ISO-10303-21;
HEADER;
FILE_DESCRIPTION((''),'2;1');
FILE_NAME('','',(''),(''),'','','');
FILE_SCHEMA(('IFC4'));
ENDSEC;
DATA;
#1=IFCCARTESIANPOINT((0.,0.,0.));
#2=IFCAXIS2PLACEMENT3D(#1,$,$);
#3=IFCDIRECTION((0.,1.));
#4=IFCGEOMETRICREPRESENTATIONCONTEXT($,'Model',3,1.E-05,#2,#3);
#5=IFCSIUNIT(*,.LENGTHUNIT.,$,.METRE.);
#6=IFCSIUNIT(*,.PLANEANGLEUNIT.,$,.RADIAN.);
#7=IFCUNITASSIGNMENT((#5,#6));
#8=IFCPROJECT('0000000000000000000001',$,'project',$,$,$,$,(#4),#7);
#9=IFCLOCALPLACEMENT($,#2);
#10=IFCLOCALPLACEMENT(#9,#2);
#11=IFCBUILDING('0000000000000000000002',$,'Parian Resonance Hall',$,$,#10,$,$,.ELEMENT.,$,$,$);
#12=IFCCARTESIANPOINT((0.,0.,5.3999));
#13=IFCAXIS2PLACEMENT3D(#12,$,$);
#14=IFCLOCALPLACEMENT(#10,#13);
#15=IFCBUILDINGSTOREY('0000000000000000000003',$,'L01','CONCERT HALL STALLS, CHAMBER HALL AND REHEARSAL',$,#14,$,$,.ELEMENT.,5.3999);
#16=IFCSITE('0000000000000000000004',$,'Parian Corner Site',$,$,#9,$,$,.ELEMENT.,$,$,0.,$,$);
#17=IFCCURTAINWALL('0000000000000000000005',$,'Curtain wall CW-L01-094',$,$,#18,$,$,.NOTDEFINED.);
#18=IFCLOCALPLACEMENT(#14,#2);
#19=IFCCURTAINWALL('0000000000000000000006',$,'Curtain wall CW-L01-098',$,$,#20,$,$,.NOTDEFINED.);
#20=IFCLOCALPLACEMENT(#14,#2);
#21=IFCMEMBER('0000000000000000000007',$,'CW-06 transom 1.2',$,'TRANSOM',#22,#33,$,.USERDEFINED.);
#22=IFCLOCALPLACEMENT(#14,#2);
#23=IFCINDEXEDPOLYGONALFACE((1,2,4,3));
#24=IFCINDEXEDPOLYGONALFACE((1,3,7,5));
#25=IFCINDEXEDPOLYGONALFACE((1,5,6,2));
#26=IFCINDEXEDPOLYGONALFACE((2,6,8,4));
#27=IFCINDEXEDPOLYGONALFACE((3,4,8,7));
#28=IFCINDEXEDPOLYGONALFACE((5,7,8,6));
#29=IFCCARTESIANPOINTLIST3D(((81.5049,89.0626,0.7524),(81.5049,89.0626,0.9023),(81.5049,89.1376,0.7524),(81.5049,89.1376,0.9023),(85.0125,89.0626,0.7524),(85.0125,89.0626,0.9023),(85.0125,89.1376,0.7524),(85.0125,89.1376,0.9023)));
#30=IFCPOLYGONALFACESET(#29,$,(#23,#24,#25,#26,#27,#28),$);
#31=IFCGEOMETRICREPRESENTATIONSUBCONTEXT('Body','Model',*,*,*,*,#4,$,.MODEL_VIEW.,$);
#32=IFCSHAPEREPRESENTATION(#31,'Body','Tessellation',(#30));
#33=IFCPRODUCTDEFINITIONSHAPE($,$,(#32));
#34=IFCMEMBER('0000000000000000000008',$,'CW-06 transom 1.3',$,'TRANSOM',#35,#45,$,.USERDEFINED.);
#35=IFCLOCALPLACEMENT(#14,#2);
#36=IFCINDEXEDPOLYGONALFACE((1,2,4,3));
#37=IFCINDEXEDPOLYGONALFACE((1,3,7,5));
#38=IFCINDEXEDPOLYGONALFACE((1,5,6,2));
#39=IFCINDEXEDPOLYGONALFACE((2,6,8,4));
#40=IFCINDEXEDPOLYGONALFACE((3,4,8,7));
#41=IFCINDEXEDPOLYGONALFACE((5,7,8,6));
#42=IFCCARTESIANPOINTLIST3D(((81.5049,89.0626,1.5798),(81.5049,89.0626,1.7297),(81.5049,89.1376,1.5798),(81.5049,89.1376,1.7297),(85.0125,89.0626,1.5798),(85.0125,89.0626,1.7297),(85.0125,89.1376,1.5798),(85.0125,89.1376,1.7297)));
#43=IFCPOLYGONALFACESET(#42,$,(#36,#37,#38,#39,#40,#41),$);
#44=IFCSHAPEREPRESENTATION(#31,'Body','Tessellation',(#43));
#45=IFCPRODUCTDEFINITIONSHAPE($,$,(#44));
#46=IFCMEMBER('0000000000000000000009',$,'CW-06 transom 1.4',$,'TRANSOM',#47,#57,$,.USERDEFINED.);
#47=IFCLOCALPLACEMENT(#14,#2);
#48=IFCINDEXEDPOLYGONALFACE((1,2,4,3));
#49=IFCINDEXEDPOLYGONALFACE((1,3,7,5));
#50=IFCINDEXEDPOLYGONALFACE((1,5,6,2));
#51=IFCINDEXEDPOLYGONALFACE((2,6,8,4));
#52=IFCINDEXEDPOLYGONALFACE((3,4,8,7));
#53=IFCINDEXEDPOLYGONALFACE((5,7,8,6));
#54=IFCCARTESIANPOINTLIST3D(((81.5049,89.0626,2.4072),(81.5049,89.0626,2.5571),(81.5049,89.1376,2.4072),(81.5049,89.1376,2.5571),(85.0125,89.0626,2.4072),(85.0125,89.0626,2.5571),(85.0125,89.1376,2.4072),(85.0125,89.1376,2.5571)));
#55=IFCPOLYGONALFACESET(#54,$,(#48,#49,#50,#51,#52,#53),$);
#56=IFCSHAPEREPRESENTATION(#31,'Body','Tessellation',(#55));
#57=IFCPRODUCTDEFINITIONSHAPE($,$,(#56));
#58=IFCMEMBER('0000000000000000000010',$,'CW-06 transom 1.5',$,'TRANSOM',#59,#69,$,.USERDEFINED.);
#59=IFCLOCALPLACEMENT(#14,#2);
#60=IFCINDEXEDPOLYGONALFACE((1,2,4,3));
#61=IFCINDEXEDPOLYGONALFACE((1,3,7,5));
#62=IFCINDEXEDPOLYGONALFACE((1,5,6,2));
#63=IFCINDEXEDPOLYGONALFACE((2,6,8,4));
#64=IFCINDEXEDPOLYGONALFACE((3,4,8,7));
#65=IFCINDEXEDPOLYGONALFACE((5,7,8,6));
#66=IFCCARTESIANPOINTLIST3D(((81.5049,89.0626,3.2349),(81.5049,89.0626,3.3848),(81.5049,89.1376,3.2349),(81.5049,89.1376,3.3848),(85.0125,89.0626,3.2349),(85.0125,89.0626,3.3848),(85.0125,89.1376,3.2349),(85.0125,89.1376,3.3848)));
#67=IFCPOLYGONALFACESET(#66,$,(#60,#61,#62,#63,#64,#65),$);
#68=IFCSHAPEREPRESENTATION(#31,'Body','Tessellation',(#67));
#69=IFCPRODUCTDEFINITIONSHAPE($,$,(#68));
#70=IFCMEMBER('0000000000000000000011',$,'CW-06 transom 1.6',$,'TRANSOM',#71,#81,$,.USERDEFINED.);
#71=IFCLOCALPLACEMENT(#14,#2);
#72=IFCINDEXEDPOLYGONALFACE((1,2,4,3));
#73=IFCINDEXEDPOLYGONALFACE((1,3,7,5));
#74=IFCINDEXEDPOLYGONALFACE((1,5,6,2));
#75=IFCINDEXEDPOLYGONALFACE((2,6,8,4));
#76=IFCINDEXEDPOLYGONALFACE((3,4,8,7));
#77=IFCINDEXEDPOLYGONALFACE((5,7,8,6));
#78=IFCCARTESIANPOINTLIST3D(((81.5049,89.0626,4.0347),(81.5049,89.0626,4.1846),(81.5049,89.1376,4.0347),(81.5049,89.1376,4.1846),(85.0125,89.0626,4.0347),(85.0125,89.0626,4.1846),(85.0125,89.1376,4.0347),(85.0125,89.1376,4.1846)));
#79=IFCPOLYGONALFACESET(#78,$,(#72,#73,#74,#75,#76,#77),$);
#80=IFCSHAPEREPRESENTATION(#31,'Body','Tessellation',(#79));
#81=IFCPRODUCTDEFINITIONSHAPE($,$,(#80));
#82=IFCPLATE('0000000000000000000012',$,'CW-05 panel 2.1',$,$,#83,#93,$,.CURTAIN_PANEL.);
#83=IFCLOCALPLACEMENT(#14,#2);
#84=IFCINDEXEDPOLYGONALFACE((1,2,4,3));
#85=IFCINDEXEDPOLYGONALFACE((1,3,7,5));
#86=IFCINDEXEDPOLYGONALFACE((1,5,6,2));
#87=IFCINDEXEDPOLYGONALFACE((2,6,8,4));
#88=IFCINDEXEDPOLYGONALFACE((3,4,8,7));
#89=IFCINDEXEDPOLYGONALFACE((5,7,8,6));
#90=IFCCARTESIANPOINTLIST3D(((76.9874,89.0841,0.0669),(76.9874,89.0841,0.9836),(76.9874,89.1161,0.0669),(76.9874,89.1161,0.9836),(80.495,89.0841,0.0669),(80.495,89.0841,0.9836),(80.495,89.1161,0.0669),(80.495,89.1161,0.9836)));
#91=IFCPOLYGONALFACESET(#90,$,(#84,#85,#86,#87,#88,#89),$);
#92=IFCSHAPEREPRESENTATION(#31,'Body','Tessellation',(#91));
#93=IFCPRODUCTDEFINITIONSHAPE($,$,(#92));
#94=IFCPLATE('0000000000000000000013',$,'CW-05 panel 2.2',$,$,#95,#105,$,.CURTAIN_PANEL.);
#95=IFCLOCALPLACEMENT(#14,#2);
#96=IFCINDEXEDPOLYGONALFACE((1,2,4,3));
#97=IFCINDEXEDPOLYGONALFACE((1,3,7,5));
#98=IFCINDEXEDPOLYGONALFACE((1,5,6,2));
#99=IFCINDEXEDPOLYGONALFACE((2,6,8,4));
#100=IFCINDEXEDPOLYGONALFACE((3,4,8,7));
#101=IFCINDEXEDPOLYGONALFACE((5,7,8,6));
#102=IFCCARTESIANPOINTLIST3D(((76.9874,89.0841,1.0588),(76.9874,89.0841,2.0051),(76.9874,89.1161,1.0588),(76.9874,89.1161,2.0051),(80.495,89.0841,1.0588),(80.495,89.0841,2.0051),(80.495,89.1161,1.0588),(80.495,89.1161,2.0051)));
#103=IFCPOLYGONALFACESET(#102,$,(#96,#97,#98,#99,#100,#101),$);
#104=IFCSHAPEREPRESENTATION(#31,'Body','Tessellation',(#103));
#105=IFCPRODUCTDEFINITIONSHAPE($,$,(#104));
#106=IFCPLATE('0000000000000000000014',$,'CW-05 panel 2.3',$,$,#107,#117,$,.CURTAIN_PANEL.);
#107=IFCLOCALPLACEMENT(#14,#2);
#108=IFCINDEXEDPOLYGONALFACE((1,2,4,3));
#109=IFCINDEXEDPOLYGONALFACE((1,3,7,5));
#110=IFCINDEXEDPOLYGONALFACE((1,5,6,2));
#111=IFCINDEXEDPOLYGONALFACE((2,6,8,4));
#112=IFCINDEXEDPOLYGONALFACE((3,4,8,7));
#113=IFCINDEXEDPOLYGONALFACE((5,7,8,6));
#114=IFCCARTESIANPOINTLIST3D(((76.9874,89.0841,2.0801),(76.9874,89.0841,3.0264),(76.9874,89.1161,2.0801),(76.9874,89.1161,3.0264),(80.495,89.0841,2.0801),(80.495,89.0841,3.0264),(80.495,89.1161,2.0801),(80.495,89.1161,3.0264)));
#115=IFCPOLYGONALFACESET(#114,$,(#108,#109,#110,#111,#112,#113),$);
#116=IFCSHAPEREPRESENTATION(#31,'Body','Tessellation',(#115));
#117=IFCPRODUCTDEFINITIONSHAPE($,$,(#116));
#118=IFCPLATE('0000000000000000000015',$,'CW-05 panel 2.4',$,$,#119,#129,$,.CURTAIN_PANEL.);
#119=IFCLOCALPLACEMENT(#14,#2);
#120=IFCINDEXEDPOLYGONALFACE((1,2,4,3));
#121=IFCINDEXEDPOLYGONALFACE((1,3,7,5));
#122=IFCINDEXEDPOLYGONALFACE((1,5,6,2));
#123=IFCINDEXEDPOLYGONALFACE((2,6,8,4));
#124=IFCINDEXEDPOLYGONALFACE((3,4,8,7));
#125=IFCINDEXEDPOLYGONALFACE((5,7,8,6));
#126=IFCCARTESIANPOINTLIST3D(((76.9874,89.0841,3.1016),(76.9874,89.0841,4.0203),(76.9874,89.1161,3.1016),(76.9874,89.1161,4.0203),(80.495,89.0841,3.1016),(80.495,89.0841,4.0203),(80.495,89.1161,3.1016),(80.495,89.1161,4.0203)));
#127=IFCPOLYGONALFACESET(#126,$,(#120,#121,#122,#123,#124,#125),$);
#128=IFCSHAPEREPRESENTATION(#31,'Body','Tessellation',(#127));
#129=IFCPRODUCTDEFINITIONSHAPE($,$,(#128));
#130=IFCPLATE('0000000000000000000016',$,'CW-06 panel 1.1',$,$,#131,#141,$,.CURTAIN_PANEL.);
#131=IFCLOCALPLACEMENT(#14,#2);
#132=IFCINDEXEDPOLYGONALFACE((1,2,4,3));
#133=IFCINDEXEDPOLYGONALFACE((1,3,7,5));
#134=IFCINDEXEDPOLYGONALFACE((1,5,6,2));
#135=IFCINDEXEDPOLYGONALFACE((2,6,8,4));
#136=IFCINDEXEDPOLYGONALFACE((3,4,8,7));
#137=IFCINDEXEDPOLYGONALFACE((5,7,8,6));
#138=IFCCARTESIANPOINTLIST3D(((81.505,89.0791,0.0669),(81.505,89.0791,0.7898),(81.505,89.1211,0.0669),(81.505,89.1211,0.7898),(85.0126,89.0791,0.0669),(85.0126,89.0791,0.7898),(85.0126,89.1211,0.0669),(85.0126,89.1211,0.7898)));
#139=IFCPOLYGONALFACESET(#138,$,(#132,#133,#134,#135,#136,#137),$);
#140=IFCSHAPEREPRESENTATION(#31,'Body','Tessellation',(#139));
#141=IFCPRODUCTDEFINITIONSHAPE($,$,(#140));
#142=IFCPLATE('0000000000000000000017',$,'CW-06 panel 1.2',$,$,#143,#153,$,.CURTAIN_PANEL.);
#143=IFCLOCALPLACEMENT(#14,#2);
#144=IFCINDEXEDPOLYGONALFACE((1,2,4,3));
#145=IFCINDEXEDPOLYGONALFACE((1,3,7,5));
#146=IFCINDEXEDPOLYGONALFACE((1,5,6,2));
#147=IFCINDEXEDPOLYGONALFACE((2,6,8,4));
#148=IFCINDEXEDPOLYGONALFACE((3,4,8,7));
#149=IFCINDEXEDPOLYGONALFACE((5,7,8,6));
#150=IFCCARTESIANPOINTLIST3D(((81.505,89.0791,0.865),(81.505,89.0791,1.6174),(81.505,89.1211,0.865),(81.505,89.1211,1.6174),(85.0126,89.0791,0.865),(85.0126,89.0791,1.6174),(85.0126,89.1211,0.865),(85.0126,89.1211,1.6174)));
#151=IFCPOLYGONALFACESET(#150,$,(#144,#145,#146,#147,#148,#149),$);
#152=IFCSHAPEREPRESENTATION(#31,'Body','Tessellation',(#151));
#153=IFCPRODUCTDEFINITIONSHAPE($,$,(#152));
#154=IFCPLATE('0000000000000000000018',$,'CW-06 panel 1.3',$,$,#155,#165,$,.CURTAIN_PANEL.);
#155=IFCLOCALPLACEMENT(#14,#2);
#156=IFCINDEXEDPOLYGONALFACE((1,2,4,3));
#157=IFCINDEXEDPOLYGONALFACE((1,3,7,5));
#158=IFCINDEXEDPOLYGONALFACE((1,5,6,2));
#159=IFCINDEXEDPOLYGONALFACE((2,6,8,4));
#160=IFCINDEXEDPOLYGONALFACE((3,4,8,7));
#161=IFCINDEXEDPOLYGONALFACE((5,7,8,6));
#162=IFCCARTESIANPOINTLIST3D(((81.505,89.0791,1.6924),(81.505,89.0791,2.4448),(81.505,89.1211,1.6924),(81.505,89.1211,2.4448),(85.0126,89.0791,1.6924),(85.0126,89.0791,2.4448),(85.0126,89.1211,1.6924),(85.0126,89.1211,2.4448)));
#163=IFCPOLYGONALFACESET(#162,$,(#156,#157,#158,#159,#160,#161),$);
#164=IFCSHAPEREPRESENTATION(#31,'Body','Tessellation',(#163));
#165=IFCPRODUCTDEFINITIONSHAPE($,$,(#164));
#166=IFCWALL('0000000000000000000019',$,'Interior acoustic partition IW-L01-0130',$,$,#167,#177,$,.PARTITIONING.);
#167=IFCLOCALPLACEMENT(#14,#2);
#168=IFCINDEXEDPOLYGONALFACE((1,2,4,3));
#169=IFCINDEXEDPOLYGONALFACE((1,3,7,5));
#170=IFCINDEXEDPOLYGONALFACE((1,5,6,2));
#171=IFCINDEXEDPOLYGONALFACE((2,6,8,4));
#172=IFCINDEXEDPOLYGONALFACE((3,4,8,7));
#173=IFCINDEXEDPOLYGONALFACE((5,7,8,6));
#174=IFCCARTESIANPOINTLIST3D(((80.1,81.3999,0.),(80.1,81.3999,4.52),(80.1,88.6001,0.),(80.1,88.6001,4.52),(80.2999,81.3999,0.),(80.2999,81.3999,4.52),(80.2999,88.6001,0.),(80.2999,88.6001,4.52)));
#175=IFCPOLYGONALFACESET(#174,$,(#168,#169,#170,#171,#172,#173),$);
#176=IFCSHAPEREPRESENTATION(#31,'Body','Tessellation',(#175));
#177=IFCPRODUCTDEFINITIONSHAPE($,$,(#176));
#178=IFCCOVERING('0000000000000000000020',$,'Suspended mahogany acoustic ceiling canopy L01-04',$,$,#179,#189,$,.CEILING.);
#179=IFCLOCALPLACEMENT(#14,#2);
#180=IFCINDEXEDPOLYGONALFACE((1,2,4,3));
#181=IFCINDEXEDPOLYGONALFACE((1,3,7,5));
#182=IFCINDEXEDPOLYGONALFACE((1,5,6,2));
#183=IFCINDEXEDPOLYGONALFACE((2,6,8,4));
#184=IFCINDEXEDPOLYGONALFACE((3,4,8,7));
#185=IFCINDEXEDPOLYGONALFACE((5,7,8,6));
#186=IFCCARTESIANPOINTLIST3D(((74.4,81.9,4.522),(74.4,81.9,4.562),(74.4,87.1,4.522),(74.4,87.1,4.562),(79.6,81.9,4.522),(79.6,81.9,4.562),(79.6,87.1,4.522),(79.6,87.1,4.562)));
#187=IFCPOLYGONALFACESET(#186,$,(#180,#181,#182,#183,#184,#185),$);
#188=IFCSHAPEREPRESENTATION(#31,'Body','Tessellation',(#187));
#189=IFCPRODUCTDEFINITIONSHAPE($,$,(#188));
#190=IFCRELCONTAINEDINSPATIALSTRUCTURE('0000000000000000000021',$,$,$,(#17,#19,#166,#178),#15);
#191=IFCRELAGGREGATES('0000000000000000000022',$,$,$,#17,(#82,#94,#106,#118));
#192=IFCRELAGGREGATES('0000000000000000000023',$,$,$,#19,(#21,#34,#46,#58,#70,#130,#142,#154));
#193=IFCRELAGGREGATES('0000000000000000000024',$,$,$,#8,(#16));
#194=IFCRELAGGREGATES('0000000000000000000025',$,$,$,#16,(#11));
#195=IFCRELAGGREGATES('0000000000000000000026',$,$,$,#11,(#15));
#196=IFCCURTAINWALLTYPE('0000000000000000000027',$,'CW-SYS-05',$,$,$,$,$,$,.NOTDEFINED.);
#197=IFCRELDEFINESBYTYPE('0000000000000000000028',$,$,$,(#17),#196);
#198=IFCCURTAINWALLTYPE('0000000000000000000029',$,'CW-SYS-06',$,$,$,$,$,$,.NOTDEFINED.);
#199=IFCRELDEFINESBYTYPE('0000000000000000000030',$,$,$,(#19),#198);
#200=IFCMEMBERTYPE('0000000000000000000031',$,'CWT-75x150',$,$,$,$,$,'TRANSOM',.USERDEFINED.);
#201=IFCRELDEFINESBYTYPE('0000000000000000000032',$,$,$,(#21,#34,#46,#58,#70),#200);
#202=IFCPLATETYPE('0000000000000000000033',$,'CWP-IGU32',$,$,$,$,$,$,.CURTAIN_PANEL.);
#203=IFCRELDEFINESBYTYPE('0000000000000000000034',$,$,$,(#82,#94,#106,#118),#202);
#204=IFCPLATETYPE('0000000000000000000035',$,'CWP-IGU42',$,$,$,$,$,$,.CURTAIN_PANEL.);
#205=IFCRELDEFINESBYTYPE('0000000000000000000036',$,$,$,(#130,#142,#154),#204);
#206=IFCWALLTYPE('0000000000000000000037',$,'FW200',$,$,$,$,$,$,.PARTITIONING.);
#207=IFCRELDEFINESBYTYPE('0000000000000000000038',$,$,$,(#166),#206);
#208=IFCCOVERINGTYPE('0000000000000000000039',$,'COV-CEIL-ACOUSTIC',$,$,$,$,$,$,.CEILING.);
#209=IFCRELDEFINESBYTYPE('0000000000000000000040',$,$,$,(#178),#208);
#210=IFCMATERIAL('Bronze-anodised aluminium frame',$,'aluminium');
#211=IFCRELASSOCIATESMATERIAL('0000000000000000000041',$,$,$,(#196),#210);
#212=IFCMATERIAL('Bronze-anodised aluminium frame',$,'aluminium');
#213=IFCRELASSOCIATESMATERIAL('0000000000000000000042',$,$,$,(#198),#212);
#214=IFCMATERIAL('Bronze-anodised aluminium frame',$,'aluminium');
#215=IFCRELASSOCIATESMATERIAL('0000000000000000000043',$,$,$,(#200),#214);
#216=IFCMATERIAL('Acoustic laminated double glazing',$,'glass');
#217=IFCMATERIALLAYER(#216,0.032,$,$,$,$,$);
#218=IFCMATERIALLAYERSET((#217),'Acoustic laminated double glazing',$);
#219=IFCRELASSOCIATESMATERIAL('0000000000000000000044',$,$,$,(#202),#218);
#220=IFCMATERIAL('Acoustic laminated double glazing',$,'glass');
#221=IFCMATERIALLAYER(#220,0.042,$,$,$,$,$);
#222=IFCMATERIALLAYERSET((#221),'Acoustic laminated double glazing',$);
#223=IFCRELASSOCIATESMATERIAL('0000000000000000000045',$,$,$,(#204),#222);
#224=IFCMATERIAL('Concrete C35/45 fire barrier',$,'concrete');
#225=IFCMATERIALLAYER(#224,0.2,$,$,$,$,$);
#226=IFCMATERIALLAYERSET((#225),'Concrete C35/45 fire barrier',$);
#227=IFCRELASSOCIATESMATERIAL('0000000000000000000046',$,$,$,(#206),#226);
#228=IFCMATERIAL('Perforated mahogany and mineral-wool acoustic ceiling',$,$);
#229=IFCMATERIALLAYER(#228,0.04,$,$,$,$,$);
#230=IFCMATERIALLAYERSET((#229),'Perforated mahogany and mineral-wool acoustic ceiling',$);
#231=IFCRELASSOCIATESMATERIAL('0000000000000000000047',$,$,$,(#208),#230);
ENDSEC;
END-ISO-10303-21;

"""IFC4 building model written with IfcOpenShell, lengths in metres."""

from ifc_helpers import new_model, si_unit, direction, frame, frame_2d, origin, origin_2d, place, context, subcontext, project, spatial, rectangle, extrude, material, layer, layer_set, material_profile, profile_set, type_object, element, aggregate, save


model = new_model("IFC4")

# Units and contexts
model_context = context("Model", 3, precision=1e-05, world=origin(), true_north=direction((0.0, 1.0)))
body_context = subcontext(model_context, "Body", "Model", "MODEL_VIEW")
ifc_project = project(units=[si_unit("LENGTHUNIT", "METRE"), si_unit("PLANEANGLEUNIT", "RADIAN")], contexts=[model_context])

# Site, building, storey
site_placement = place(None, origin())
site = spatial("IfcSite", under=ifc_project, at=site_placement, Name="Parian Corner Site", CompositionType="ELEMENT", RefElevation=0.0)
building_placement = place(site_placement, origin())
building = spatial("IfcBuilding", under=site, at=building_placement, Name="Parian Resonance Hall", CompositionType="ELEMENT")
storey_placement = place(building_placement, frame((0.0, 0.0, 5.3999)))
storey = spatial("IfcBuildingStorey", under=building, at=storey_placement, Name="L01", Description="CONCERT HALL STALLS, CHAMBER HALL AND REHEARSAL", CompositionType="ELEMENT", Elevation=5.3999)

# Curtain wall
ifc_material_1 = material(Name="Bronze-anodised aluminium frame", Category="aluminium")
curtain_wall_type_1 = type_object("IfcCurtainWallType", Name="CW-SYS-05", PredefinedType="NOTDEFINED", material=ifc_material_1)
curtain_wall_1_placement = place(storey_placement, origin())
curtain_wall_1 = element("IfcCurtainWall", 1, at=curtain_wall_1_placement, inside=storey, type_object=curtain_wall_type_1, Name="Curtain wall CW-L01-094", PredefinedType="NOTDEFINED")

# Curtain wall
ifc_material_2 = material(Name="Bronze-anodised aluminium frame", Category="aluminium")
curtain_wall_type_2 = type_object("IfcCurtainWallType", Name="CW-SYS-06", PredefinedType="NOTDEFINED", material=ifc_material_2)
curtain_wall_2_placement = place(storey_placement, origin())
curtain_wall_2 = element("IfcCurtainWall", 2, at=curtain_wall_2_placement, inside=storey, type_object=curtain_wall_type_2, Name="Curtain wall CW-L01-098", PredefinedType="NOTDEFINED")

# Members
ifc_material_3 = material(Name="Bronze-anodised aluminium frame", Category="aluminium")
ifc_material_profile_1 = material_profile(ifc_material_3, rectangle(XDim=0.075, YDim=0.1499, at=origin_2d()), Name="CWT-75x150")
ifc_profile_set_1 = profile_set([ifc_material_profile_1], Name="Bronze-anodised aluminium frame")
member_type_1 = type_object("IfcMemberType", Name="CWT-75x150", ElementType="TRANSOM", PredefinedType="USERDEFINED", material=ifc_profile_set_1)
member_1_placement = place(storey_placement, frame((81.5049, 89.1001, 0.8274), z_axis=(1.0, 0.0, 0.0), x_axis=(0.0, 1.0, 0.0)))
member_1 = element("IfcMember", 3, at=member_1_placement, type_object=member_type_1, Name="CW-06 transom 1.2", ObjectType="TRANSOM", PredefinedType="USERDEFINED", context=body_context, shape_type="SweptSolid", body=[
    extrude(rectangle(XDim=0.075, YDim=0.1499, at=origin_2d()), origin(), (0.0, 0.0, 1.0), 3.5076),
])
member_2_placement = place(storey_placement, frame((81.5049, 89.1001, 1.6548), z_axis=(1.0, 0.0, 0.0), x_axis=(0.0, 1.0, 0.0)))
member_2 = element("IfcMember", 4, at=member_2_placement, type_object=member_type_1, Name="CW-06 transom 1.3", ObjectType="TRANSOM", PredefinedType="USERDEFINED", context=body_context, shape_type="SweptSolid", body=[
    extrude(rectangle(XDim=0.075, YDim=0.1499, at=origin_2d()), origin(), (0.0, 0.0, 1.0), 3.5076),
])
member_3_placement = place(storey_placement, frame((81.5049, 89.1001, 2.4822), z_axis=(1.0, 0.0, 0.0), x_axis=(0.0, 1.0, 0.0)))
member_3 = element("IfcMember", 5, at=member_3_placement, type_object=member_type_1, Name="CW-06 transom 1.4", ObjectType="TRANSOM", PredefinedType="USERDEFINED", context=body_context, shape_type="SweptSolid", body=[
    extrude(rectangle(XDim=0.075, YDim=0.1499, at=origin_2d()), origin(), (0.0, 0.0, 1.0), 3.5076),
])
member_4_placement = place(storey_placement, frame((81.5049, 89.1001, 3.3098), z_axis=(1.0, 0.0, 0.0), x_axis=(0.0, 1.0, 0.0)))
member_4 = element("IfcMember", 6, at=member_4_placement, type_object=member_type_1, Name="CW-06 transom 1.5", ObjectType="TRANSOM", PredefinedType="USERDEFINED", context=body_context, shape_type="SweptSolid", body=[
    extrude(rectangle(XDim=0.075, YDim=0.1499, at=origin_2d()), origin(), (0.0, 0.0, 1.0), 3.5076),
])
member_5_placement = place(storey_placement, frame((81.5049, 89.1001, 4.1096), z_axis=(1.0, 0.0, 0.0), x_axis=(0.0, 1.0, 0.0)))
member_5 = element("IfcMember", 7, at=member_5_placement, type_object=member_type_1, Name="CW-06 transom 1.6", ObjectType="TRANSOM", PredefinedType="USERDEFINED", context=body_context, shape_type="SweptSolid", body=[
    extrude(rectangle(XDim=0.075, YDim=0.1499, at=origin_2d()), origin(), (0.0, 0.0, 1.0), 3.5076),
])

# Plates
ifc_material_4 = material(Name="Acoustic laminated double glazing", Category="glass")
ifc_layer_1 = layer(ifc_material_4, 0.032)
ifc_layer_set_1 = layer_set([ifc_layer_1], Name="Acoustic laminated double glazing")
plate_type_1 = type_object("IfcPlateType", Name="CWP-IGU32", PredefinedType="CURTAIN_PANEL", material=ifc_layer_set_1)
plate_1_placement = place(storey_placement, frame((78.7412, 89.1001, 0.0669), z_axis=(0.0, 0.0, 1.0), x_axis=(1.0, 0.0, 0.0)))
plate_1 = element("IfcPlate", 8, at=plate_1_placement, type_object=plate_type_1, Name="CW-05 panel 2.1", PredefinedType="CURTAIN_PANEL", context=body_context, shape_type="SweptSolid", body=[
    extrude(rectangle(XDim=3.5076, YDim=0.032, at=origin_2d()), origin(), (0.0, 0.0, 1.0), 0.9167),
])
plate_2_placement = place(storey_placement, frame((78.7412, 89.1001, 1.0588), z_axis=(0.0, 0.0, 1.0), x_axis=(1.0, 0.0, 0.0)))
plate_2 = element("IfcPlate", 9, at=plate_2_placement, type_object=plate_type_1, Name="CW-05 panel 2.2", PredefinedType="CURTAIN_PANEL", context=body_context, shape_type="SweptSolid", body=[
    extrude(rectangle(XDim=3.5076, YDim=0.032, at=origin_2d()), origin(), (0.0, 0.0, 1.0), 0.9463),
])
plate_3_placement = place(storey_placement, frame((78.7412, 89.1001, 2.0801), z_axis=(0.0, 0.0, 1.0), x_axis=(1.0, 0.0, 0.0)))
plate_3 = element("IfcPlate", 10, at=plate_3_placement, type_object=plate_type_1, Name="CW-05 panel 2.3", PredefinedType="CURTAIN_PANEL", context=body_context, shape_type="SweptSolid", body=[
    extrude(rectangle(XDim=3.5076, YDim=0.032, at=origin_2d()), origin(), (0.0, 0.0, 1.0), 0.9463),
])
plate_4_placement = place(storey_placement, frame((78.7412, 89.1001, 3.1016), z_axis=(0.0, 0.0, 1.0), x_axis=(1.0, 0.0, 0.0)))
plate_4 = element("IfcPlate", 11, at=plate_4_placement, type_object=plate_type_1, Name="CW-05 panel 2.4", PredefinedType="CURTAIN_PANEL", context=body_context, shape_type="SweptSolid", body=[
    extrude(rectangle(XDim=3.5076, YDim=0.032, at=origin_2d()), origin(), (0.0, 0.0, 1.0), 0.9187),
])
aggregate(curtain_wall_1, [plate_1, plate_2, plate_3, plate_4])
ifc_material_5 = material(Name="Acoustic laminated double glazing", Category="glass")
ifc_layer_2 = layer(ifc_material_5, 0.042)
ifc_layer_set_2 = layer_set([ifc_layer_2], Name="Acoustic laminated double glazing")
plate_type_2 = type_object("IfcPlateType", Name="CWP-IGU42", PredefinedType="CURTAIN_PANEL", material=ifc_layer_set_2)
plate_5_placement = place(storey_placement, frame((83.2588, 89.1001, 0.0669), z_axis=(0.0, 0.0, 1.0), x_axis=(1.0, 0.0, 0.0)))
plate_5 = element("IfcPlate", 12, at=plate_5_placement, type_object=plate_type_2, Name="CW-06 panel 1.1", PredefinedType="CURTAIN_PANEL", context=body_context, shape_type="SweptSolid", body=[
    extrude(rectangle(XDim=3.5076, YDim=0.042, at=origin_2d()), origin(), (0.0, 0.0, 1.0), 0.7229),
])
plate_6_placement = place(storey_placement, frame((83.2588, 89.1001, 0.865), z_axis=(0.0, 0.0, 1.0), x_axis=(1.0, 0.0, 0.0)))
plate_6 = element("IfcPlate", 13, at=plate_6_placement, type_object=plate_type_2, Name="CW-06 panel 1.2", PredefinedType="CURTAIN_PANEL", context=body_context, shape_type="SweptSolid", body=[
    extrude(rectangle(XDim=3.5076, YDim=0.042, at=origin_2d()), origin(), (0.0, 0.0, 1.0), 0.7524),
])
plate_7_placement = place(storey_placement, frame((83.2588, 89.1001, 1.6924), z_axis=(0.0, 0.0, 1.0), x_axis=(1.0, 0.0, 0.0)))
plate_7 = element("IfcPlate", 14, at=plate_7_placement, type_object=plate_type_2, Name="CW-06 panel 1.3", PredefinedType="CURTAIN_PANEL", context=body_context, shape_type="SweptSolid", body=[
    extrude(rectangle(XDim=3.5076, YDim=0.042, at=origin_2d()), origin(), (0.0, 0.0, 1.0), 0.7524),
])
aggregate(curtain_wall_2, [member_1, member_2, member_3, member_4, member_5, plate_5, plate_6, plate_7])

# Wall
ifc_material_6 = material(Name="Concrete C35/45 fire barrier", Category="concrete")
ifc_layer_3 = layer(ifc_material_6, 0.2)
ifc_layer_set_3 = layer_set([ifc_layer_3], Name="Concrete C35/45 fire barrier")
wall_type = type_object("IfcWallType", Name="FW200", PredefinedType="PARTITIONING", material=ifc_layer_set_3)
wall_placement = place(storey_placement, frame((80.2, 88.6001, 0.0), z_axis=(0.0, 0.0, 1.0), x_axis=(0.0, -1.0, 0.0)))
element("IfcWall", 15, at=wall_placement, inside=storey, type_object=wall_type, Name="Interior acoustic partition IW-L01-0130", PredefinedType="PARTITIONING", context=body_context, shape_type="SweptSolid", body=[
    extrude(rectangle(XDim=7.2002, YDim=0.2, at=frame_2d((3.6001, 0.0))), origin(), (0.0, 0.0, 1.0), 4.52),
])

# Covering
ifc_material_7 = material(Name="Perforated mahogany and mineral-wool acoustic ceiling")
ifc_layer_4 = layer(ifc_material_7, 0.04)
ifc_layer_set_4 = layer_set([ifc_layer_4], Name="Perforated mahogany and mineral-wool acoustic ceiling")
covering_type = type_object("IfcCoveringType", Name="COV-CEIL-ACOUSTIC", PredefinedType="CEILING", material=ifc_layer_set_4)
covering_placement = place(storey_placement, frame((77.0, 84.5, 4.522), z_axis=(0.0, 0.0, 1.0), x_axis=(1.0, 0.0, 0.0)))
element("IfcCovering", 16, at=covering_placement, inside=storey, type_object=covering_type, Name="Suspended mahogany acoustic ceiling canopy L01-04", PredefinedType="CEILING", context=body_context, shape_type="SweptSolid", body=[
    extrude(rectangle(XDim=5.2, YDim=5.2, at=origin_2d()), origin(), (0.0, 0.0, 1.0), 0.04),
])

save(model, "model.ifc")
